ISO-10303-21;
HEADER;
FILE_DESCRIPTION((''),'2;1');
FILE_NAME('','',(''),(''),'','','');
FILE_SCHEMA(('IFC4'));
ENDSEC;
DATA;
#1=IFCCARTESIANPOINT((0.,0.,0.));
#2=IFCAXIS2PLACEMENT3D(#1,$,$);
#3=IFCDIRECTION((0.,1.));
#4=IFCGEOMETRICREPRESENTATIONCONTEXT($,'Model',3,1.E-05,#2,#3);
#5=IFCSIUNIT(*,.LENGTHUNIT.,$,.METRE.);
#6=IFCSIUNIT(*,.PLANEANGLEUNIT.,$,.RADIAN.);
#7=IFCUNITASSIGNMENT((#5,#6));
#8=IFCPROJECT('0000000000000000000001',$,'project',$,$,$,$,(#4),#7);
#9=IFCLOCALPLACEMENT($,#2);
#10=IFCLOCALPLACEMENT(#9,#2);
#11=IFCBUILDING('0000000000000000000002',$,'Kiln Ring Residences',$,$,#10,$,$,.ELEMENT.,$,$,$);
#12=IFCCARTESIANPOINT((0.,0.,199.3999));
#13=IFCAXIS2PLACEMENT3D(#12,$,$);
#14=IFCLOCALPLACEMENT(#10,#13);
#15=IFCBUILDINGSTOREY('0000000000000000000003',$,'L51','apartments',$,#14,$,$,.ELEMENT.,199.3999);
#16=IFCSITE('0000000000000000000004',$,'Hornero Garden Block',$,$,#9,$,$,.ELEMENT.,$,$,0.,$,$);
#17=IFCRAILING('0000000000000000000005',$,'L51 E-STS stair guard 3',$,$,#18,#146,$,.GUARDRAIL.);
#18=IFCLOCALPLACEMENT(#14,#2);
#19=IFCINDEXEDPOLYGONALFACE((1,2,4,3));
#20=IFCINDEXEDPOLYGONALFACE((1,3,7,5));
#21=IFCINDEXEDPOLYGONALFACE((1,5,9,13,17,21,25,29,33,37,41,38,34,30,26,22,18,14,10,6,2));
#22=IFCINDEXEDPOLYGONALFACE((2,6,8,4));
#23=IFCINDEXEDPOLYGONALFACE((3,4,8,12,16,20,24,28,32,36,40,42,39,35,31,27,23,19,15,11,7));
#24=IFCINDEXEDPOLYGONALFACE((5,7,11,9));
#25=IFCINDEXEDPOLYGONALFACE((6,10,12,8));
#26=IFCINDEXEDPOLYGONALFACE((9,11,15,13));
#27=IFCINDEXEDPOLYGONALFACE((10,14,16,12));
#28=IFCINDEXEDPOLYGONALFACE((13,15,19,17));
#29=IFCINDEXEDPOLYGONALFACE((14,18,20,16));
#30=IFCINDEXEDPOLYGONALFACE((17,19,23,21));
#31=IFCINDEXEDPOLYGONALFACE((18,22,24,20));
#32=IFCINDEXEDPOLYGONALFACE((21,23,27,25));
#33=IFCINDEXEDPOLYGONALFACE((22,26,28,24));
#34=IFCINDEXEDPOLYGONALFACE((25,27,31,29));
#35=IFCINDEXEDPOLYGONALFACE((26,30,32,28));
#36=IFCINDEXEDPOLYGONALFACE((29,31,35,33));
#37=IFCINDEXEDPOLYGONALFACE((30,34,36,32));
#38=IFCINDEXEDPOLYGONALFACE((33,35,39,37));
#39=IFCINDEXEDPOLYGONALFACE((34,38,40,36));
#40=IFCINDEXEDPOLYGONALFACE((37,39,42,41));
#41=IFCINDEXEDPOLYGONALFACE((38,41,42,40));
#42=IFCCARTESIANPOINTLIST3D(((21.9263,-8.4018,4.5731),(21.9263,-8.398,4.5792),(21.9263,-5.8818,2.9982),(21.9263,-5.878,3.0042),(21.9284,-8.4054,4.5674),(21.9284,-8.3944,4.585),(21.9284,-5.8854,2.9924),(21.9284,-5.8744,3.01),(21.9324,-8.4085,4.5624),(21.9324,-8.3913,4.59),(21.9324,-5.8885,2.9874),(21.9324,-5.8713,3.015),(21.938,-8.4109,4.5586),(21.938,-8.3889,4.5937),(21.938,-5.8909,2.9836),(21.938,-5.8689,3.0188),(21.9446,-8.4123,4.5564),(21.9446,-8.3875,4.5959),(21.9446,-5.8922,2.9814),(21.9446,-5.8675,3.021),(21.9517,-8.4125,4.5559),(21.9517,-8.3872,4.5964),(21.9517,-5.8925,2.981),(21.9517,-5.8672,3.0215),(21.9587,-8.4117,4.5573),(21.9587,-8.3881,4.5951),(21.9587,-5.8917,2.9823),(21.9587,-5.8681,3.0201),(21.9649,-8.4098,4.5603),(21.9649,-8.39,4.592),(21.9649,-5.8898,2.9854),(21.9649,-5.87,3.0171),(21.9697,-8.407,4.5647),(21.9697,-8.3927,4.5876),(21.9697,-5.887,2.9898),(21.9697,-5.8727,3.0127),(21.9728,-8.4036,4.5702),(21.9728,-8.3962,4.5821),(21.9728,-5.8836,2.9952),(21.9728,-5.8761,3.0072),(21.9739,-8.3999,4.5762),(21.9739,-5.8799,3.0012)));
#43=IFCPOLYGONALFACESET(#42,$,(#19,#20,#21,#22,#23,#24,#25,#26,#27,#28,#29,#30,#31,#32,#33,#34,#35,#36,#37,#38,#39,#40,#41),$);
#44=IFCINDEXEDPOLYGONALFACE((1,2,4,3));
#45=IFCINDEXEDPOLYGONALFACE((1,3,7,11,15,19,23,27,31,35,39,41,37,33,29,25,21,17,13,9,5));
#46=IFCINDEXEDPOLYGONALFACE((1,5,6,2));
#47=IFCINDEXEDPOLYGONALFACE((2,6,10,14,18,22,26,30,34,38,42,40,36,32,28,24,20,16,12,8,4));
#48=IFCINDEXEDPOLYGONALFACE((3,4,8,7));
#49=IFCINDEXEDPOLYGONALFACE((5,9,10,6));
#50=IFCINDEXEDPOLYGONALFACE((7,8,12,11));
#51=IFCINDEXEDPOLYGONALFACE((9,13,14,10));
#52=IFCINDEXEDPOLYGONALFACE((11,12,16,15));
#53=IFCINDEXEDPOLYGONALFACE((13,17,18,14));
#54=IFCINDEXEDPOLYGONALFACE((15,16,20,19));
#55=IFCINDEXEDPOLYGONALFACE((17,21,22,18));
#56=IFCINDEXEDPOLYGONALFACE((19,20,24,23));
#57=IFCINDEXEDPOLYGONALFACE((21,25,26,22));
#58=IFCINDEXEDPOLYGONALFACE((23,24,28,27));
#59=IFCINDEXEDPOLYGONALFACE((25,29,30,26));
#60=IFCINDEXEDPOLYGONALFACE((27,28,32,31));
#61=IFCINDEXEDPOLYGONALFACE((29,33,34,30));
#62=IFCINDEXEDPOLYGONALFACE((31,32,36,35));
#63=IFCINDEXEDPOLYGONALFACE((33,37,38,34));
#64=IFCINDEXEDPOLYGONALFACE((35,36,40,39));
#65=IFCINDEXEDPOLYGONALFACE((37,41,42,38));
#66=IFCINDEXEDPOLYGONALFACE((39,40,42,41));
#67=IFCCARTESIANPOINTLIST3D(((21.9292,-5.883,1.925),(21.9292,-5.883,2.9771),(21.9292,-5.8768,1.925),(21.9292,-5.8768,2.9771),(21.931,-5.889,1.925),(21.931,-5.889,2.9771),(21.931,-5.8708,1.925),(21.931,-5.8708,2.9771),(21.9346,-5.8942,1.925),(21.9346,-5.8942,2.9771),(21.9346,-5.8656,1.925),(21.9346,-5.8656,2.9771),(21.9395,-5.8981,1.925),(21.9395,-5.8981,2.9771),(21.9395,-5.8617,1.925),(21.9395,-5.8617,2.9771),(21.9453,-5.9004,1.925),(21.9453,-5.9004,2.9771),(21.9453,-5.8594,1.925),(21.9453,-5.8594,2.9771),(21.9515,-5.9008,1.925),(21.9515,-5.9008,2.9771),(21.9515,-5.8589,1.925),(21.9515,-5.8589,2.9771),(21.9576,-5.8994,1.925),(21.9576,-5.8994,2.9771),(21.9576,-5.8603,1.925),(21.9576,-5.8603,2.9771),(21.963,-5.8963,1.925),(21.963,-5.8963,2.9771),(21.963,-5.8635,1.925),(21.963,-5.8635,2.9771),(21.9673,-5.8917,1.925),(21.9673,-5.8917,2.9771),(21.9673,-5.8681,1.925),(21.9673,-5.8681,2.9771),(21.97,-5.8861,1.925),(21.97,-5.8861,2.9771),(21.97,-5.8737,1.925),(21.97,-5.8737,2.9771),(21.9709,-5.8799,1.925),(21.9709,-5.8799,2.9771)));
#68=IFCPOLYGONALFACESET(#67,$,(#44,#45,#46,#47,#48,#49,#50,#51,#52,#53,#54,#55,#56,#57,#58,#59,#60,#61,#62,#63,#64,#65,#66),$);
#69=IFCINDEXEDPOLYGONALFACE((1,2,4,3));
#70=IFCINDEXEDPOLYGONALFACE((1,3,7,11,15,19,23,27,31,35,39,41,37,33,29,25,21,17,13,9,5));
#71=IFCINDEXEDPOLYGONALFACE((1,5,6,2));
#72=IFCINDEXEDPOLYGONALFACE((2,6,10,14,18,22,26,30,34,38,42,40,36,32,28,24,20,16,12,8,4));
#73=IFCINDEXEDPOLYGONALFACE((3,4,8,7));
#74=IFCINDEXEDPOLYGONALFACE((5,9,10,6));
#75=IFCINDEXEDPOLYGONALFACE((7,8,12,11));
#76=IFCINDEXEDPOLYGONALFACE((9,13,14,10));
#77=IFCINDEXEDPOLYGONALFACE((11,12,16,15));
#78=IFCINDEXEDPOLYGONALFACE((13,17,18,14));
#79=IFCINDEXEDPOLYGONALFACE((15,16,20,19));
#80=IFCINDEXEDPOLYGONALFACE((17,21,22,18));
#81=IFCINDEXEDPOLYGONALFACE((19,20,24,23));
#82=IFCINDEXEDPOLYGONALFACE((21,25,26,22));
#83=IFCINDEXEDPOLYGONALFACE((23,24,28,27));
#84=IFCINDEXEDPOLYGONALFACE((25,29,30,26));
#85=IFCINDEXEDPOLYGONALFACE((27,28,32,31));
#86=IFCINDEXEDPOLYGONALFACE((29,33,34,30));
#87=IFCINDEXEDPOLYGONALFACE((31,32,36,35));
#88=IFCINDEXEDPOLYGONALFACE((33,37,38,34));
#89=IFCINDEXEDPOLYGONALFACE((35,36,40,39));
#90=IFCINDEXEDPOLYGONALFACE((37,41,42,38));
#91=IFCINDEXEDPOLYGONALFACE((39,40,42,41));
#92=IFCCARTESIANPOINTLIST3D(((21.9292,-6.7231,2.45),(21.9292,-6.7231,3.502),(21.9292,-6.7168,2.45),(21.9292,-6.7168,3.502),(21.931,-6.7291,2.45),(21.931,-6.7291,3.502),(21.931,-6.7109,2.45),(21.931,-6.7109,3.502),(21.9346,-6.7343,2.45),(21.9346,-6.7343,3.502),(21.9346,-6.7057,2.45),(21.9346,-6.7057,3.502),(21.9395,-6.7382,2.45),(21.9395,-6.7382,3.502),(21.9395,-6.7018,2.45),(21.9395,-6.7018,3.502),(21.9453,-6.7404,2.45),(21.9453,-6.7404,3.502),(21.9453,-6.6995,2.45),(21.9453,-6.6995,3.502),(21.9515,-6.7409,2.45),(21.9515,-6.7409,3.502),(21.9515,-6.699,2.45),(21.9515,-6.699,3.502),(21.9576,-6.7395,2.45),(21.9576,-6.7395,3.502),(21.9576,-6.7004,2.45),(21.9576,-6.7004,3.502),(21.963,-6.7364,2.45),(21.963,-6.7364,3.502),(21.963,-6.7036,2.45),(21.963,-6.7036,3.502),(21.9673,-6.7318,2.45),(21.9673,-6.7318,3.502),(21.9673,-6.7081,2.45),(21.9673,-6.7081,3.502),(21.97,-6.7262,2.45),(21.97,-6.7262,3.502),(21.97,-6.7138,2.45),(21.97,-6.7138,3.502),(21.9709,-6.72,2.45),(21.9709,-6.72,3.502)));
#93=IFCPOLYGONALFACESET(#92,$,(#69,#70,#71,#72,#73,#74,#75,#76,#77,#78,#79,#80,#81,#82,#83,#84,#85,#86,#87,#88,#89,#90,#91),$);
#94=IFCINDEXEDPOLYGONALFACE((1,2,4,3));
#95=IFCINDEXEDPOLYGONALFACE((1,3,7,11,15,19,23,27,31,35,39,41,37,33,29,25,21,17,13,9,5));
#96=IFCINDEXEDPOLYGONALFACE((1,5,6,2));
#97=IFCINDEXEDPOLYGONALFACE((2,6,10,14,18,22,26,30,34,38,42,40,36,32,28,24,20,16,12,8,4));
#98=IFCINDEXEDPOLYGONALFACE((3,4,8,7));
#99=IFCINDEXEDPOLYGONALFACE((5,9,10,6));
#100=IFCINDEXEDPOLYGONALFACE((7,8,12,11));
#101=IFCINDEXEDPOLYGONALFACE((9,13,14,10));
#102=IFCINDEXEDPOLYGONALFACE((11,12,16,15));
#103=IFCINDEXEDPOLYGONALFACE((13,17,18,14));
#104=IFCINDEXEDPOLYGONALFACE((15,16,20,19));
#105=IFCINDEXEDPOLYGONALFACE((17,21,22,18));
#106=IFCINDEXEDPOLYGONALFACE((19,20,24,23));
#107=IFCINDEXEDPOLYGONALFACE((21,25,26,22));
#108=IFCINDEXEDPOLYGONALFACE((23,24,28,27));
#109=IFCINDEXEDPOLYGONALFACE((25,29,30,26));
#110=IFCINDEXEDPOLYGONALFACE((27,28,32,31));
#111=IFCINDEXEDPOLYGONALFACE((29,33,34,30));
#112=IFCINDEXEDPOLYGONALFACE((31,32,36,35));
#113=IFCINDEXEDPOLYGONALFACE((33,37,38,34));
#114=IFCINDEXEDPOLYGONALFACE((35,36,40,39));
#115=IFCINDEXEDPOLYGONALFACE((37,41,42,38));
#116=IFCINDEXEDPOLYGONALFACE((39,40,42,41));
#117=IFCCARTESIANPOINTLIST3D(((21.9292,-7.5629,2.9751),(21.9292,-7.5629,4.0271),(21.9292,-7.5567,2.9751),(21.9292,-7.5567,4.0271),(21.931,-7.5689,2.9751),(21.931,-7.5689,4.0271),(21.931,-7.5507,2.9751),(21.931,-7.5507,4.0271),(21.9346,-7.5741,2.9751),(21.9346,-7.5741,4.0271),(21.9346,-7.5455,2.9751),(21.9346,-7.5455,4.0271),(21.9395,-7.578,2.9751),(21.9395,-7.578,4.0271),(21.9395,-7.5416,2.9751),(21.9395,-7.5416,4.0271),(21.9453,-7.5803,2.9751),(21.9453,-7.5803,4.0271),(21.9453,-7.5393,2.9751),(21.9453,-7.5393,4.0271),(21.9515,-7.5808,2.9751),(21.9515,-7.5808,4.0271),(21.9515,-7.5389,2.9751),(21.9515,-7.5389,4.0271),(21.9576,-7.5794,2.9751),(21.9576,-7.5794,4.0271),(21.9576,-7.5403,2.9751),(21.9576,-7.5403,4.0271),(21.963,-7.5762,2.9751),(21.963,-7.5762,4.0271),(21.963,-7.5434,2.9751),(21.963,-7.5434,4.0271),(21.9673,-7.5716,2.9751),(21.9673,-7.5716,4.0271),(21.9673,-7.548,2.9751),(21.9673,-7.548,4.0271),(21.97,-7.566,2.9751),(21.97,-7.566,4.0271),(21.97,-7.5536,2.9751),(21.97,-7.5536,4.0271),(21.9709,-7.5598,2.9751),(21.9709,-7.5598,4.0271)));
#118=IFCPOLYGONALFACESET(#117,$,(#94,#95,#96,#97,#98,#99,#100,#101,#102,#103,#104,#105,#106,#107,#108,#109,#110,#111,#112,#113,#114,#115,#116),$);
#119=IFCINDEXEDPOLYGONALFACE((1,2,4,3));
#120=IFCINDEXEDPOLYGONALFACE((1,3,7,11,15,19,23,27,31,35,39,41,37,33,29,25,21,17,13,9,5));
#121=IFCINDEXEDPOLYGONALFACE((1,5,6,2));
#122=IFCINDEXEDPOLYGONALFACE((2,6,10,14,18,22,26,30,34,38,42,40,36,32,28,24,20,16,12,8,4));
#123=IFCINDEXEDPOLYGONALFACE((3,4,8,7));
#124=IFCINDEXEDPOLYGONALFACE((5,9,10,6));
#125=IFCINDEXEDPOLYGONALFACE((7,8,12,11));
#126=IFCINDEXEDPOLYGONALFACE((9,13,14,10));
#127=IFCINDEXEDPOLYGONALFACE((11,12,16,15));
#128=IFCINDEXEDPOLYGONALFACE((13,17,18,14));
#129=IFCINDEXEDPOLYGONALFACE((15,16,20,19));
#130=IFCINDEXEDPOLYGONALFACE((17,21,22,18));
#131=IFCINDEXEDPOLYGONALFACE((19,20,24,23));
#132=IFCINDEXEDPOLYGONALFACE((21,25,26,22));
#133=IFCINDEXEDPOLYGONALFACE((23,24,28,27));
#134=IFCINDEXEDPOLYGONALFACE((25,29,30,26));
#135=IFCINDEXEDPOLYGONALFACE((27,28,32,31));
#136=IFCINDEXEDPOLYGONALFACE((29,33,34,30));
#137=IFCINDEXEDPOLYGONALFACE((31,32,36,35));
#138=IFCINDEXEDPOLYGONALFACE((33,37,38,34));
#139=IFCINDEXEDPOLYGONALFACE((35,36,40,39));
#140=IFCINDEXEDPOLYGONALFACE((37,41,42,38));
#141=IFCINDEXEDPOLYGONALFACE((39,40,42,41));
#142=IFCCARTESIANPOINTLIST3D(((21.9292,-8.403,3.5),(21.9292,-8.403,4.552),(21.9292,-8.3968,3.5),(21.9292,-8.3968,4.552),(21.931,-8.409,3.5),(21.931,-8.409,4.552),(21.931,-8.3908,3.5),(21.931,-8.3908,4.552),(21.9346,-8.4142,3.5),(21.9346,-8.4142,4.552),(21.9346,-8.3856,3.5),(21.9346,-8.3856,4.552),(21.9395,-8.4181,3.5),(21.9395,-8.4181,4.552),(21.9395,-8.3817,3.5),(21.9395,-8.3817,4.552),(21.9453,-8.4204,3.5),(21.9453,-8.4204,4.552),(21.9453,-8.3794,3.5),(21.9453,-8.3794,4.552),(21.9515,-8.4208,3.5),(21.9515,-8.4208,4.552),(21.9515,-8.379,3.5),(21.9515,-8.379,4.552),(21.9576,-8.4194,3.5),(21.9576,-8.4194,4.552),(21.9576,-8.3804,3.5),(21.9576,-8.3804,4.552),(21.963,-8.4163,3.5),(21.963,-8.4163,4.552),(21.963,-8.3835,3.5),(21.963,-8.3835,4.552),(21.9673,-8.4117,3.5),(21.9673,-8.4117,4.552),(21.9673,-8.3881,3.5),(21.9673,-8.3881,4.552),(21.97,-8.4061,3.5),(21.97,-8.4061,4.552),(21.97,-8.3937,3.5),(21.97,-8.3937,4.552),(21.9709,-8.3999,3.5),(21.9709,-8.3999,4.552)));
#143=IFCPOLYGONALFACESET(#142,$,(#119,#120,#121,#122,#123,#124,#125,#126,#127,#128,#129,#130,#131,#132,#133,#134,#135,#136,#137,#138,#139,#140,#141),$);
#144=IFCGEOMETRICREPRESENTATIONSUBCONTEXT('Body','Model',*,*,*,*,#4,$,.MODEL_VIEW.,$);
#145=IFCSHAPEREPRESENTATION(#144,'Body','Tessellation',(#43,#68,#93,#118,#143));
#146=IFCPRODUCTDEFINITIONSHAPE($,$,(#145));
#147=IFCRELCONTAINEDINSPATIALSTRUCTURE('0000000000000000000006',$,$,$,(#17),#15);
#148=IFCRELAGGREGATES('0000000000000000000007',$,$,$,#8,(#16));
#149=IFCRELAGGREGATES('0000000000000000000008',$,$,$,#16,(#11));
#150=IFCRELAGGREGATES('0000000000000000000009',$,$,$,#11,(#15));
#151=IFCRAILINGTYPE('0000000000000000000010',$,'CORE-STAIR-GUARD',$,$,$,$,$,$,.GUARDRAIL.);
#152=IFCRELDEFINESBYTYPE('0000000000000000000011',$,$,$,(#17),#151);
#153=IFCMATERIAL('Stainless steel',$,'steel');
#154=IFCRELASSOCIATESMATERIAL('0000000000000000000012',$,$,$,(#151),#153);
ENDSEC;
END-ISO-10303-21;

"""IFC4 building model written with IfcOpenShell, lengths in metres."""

from ifc_helpers import new_model, si_unit, direction, frame, origin, origin_2d, place, context, subcontext, project, spatial, circle, extrude, material, type_object, element, save


model = new_model("IFC4")

# Units and contexts
model_context = context("Model", 3, precision=1e-05, world=origin(), true_north=direction((0.0, 1.0)))
body_context = subcontext(model_context, "Body", "Model", "MODEL_VIEW")
ifc_project = project(units=[si_unit("LENGTHUNIT", "METRE"), si_unit("PLANEANGLEUNIT", "RADIAN")], contexts=[model_context])

# Site, building, storey
site_placement = place(None, origin())
site = spatial("IfcSite", under=ifc_project, at=site_placement, Name="Hornero Garden Block", CompositionType="ELEMENT", RefElevation=0.0)
building_placement = place(site_placement, origin())
building = spatial("IfcBuilding", under=site, at=building_placement, Name="Kiln Ring Residences", CompositionType="ELEMENT")
storey_placement = place(building_placement, frame((0.0, 0.0, 199.3999)))
storey = spatial("IfcBuildingStorey", under=building, at=storey_placement, Name="L51", Description="apartments", CompositionType="ELEMENT", Elevation=199.3999)

# Railing
ifc_material_1 = material(Name="Stainless steel", Category="steel")
railing_type_1 = type_object("IfcRailingType", Name="CORE-STAIR-GUARD", PredefinedType="GUARDRAIL", material=ifc_material_1)
railing_1_placement = place(storey_placement, frame((21.95, -5.8799, 1.925)))
element("IfcRailing", 1, at=railing_1_placement, inside=storey, type_object=railing_type_1, Name="L51 E-STS stair guard 3", PredefinedType="GUARDRAIL", context=body_context, shape_type="SweptSolid", body=[
    extrude(circle(Radius=0.0239, at=origin_2d()), frame((0.0, 0.0, 1.0762), z_axis=(0.0, -0.848008, 0.529984), x_axis=(1.0, 0.0, 0.0)), (0.0, 0.0, 1.0), 2.9717),
    extrude(circle(Radius=0.021, at=origin_2d()), origin(), (0.0, 0.0, 1.0), 1.052),
    extrude(circle(Radius=0.021, at=origin_2d()), frame((0.0, -0.8401, 0.5249)), (0.0, 0.0, 1.0), 1.052),
    extrude(circle(Radius=0.021, at=origin_2d()), frame((0.0, -1.6799, 1.05)), (0.0, 0.0, 1.0), 1.052),
    extrude(circle(Radius=0.021, at=origin_2d()), frame((0.0, -2.52, 1.575)), (0.0, 0.0, 1.0), 1.052),
])

save(model, "model.ifc")
